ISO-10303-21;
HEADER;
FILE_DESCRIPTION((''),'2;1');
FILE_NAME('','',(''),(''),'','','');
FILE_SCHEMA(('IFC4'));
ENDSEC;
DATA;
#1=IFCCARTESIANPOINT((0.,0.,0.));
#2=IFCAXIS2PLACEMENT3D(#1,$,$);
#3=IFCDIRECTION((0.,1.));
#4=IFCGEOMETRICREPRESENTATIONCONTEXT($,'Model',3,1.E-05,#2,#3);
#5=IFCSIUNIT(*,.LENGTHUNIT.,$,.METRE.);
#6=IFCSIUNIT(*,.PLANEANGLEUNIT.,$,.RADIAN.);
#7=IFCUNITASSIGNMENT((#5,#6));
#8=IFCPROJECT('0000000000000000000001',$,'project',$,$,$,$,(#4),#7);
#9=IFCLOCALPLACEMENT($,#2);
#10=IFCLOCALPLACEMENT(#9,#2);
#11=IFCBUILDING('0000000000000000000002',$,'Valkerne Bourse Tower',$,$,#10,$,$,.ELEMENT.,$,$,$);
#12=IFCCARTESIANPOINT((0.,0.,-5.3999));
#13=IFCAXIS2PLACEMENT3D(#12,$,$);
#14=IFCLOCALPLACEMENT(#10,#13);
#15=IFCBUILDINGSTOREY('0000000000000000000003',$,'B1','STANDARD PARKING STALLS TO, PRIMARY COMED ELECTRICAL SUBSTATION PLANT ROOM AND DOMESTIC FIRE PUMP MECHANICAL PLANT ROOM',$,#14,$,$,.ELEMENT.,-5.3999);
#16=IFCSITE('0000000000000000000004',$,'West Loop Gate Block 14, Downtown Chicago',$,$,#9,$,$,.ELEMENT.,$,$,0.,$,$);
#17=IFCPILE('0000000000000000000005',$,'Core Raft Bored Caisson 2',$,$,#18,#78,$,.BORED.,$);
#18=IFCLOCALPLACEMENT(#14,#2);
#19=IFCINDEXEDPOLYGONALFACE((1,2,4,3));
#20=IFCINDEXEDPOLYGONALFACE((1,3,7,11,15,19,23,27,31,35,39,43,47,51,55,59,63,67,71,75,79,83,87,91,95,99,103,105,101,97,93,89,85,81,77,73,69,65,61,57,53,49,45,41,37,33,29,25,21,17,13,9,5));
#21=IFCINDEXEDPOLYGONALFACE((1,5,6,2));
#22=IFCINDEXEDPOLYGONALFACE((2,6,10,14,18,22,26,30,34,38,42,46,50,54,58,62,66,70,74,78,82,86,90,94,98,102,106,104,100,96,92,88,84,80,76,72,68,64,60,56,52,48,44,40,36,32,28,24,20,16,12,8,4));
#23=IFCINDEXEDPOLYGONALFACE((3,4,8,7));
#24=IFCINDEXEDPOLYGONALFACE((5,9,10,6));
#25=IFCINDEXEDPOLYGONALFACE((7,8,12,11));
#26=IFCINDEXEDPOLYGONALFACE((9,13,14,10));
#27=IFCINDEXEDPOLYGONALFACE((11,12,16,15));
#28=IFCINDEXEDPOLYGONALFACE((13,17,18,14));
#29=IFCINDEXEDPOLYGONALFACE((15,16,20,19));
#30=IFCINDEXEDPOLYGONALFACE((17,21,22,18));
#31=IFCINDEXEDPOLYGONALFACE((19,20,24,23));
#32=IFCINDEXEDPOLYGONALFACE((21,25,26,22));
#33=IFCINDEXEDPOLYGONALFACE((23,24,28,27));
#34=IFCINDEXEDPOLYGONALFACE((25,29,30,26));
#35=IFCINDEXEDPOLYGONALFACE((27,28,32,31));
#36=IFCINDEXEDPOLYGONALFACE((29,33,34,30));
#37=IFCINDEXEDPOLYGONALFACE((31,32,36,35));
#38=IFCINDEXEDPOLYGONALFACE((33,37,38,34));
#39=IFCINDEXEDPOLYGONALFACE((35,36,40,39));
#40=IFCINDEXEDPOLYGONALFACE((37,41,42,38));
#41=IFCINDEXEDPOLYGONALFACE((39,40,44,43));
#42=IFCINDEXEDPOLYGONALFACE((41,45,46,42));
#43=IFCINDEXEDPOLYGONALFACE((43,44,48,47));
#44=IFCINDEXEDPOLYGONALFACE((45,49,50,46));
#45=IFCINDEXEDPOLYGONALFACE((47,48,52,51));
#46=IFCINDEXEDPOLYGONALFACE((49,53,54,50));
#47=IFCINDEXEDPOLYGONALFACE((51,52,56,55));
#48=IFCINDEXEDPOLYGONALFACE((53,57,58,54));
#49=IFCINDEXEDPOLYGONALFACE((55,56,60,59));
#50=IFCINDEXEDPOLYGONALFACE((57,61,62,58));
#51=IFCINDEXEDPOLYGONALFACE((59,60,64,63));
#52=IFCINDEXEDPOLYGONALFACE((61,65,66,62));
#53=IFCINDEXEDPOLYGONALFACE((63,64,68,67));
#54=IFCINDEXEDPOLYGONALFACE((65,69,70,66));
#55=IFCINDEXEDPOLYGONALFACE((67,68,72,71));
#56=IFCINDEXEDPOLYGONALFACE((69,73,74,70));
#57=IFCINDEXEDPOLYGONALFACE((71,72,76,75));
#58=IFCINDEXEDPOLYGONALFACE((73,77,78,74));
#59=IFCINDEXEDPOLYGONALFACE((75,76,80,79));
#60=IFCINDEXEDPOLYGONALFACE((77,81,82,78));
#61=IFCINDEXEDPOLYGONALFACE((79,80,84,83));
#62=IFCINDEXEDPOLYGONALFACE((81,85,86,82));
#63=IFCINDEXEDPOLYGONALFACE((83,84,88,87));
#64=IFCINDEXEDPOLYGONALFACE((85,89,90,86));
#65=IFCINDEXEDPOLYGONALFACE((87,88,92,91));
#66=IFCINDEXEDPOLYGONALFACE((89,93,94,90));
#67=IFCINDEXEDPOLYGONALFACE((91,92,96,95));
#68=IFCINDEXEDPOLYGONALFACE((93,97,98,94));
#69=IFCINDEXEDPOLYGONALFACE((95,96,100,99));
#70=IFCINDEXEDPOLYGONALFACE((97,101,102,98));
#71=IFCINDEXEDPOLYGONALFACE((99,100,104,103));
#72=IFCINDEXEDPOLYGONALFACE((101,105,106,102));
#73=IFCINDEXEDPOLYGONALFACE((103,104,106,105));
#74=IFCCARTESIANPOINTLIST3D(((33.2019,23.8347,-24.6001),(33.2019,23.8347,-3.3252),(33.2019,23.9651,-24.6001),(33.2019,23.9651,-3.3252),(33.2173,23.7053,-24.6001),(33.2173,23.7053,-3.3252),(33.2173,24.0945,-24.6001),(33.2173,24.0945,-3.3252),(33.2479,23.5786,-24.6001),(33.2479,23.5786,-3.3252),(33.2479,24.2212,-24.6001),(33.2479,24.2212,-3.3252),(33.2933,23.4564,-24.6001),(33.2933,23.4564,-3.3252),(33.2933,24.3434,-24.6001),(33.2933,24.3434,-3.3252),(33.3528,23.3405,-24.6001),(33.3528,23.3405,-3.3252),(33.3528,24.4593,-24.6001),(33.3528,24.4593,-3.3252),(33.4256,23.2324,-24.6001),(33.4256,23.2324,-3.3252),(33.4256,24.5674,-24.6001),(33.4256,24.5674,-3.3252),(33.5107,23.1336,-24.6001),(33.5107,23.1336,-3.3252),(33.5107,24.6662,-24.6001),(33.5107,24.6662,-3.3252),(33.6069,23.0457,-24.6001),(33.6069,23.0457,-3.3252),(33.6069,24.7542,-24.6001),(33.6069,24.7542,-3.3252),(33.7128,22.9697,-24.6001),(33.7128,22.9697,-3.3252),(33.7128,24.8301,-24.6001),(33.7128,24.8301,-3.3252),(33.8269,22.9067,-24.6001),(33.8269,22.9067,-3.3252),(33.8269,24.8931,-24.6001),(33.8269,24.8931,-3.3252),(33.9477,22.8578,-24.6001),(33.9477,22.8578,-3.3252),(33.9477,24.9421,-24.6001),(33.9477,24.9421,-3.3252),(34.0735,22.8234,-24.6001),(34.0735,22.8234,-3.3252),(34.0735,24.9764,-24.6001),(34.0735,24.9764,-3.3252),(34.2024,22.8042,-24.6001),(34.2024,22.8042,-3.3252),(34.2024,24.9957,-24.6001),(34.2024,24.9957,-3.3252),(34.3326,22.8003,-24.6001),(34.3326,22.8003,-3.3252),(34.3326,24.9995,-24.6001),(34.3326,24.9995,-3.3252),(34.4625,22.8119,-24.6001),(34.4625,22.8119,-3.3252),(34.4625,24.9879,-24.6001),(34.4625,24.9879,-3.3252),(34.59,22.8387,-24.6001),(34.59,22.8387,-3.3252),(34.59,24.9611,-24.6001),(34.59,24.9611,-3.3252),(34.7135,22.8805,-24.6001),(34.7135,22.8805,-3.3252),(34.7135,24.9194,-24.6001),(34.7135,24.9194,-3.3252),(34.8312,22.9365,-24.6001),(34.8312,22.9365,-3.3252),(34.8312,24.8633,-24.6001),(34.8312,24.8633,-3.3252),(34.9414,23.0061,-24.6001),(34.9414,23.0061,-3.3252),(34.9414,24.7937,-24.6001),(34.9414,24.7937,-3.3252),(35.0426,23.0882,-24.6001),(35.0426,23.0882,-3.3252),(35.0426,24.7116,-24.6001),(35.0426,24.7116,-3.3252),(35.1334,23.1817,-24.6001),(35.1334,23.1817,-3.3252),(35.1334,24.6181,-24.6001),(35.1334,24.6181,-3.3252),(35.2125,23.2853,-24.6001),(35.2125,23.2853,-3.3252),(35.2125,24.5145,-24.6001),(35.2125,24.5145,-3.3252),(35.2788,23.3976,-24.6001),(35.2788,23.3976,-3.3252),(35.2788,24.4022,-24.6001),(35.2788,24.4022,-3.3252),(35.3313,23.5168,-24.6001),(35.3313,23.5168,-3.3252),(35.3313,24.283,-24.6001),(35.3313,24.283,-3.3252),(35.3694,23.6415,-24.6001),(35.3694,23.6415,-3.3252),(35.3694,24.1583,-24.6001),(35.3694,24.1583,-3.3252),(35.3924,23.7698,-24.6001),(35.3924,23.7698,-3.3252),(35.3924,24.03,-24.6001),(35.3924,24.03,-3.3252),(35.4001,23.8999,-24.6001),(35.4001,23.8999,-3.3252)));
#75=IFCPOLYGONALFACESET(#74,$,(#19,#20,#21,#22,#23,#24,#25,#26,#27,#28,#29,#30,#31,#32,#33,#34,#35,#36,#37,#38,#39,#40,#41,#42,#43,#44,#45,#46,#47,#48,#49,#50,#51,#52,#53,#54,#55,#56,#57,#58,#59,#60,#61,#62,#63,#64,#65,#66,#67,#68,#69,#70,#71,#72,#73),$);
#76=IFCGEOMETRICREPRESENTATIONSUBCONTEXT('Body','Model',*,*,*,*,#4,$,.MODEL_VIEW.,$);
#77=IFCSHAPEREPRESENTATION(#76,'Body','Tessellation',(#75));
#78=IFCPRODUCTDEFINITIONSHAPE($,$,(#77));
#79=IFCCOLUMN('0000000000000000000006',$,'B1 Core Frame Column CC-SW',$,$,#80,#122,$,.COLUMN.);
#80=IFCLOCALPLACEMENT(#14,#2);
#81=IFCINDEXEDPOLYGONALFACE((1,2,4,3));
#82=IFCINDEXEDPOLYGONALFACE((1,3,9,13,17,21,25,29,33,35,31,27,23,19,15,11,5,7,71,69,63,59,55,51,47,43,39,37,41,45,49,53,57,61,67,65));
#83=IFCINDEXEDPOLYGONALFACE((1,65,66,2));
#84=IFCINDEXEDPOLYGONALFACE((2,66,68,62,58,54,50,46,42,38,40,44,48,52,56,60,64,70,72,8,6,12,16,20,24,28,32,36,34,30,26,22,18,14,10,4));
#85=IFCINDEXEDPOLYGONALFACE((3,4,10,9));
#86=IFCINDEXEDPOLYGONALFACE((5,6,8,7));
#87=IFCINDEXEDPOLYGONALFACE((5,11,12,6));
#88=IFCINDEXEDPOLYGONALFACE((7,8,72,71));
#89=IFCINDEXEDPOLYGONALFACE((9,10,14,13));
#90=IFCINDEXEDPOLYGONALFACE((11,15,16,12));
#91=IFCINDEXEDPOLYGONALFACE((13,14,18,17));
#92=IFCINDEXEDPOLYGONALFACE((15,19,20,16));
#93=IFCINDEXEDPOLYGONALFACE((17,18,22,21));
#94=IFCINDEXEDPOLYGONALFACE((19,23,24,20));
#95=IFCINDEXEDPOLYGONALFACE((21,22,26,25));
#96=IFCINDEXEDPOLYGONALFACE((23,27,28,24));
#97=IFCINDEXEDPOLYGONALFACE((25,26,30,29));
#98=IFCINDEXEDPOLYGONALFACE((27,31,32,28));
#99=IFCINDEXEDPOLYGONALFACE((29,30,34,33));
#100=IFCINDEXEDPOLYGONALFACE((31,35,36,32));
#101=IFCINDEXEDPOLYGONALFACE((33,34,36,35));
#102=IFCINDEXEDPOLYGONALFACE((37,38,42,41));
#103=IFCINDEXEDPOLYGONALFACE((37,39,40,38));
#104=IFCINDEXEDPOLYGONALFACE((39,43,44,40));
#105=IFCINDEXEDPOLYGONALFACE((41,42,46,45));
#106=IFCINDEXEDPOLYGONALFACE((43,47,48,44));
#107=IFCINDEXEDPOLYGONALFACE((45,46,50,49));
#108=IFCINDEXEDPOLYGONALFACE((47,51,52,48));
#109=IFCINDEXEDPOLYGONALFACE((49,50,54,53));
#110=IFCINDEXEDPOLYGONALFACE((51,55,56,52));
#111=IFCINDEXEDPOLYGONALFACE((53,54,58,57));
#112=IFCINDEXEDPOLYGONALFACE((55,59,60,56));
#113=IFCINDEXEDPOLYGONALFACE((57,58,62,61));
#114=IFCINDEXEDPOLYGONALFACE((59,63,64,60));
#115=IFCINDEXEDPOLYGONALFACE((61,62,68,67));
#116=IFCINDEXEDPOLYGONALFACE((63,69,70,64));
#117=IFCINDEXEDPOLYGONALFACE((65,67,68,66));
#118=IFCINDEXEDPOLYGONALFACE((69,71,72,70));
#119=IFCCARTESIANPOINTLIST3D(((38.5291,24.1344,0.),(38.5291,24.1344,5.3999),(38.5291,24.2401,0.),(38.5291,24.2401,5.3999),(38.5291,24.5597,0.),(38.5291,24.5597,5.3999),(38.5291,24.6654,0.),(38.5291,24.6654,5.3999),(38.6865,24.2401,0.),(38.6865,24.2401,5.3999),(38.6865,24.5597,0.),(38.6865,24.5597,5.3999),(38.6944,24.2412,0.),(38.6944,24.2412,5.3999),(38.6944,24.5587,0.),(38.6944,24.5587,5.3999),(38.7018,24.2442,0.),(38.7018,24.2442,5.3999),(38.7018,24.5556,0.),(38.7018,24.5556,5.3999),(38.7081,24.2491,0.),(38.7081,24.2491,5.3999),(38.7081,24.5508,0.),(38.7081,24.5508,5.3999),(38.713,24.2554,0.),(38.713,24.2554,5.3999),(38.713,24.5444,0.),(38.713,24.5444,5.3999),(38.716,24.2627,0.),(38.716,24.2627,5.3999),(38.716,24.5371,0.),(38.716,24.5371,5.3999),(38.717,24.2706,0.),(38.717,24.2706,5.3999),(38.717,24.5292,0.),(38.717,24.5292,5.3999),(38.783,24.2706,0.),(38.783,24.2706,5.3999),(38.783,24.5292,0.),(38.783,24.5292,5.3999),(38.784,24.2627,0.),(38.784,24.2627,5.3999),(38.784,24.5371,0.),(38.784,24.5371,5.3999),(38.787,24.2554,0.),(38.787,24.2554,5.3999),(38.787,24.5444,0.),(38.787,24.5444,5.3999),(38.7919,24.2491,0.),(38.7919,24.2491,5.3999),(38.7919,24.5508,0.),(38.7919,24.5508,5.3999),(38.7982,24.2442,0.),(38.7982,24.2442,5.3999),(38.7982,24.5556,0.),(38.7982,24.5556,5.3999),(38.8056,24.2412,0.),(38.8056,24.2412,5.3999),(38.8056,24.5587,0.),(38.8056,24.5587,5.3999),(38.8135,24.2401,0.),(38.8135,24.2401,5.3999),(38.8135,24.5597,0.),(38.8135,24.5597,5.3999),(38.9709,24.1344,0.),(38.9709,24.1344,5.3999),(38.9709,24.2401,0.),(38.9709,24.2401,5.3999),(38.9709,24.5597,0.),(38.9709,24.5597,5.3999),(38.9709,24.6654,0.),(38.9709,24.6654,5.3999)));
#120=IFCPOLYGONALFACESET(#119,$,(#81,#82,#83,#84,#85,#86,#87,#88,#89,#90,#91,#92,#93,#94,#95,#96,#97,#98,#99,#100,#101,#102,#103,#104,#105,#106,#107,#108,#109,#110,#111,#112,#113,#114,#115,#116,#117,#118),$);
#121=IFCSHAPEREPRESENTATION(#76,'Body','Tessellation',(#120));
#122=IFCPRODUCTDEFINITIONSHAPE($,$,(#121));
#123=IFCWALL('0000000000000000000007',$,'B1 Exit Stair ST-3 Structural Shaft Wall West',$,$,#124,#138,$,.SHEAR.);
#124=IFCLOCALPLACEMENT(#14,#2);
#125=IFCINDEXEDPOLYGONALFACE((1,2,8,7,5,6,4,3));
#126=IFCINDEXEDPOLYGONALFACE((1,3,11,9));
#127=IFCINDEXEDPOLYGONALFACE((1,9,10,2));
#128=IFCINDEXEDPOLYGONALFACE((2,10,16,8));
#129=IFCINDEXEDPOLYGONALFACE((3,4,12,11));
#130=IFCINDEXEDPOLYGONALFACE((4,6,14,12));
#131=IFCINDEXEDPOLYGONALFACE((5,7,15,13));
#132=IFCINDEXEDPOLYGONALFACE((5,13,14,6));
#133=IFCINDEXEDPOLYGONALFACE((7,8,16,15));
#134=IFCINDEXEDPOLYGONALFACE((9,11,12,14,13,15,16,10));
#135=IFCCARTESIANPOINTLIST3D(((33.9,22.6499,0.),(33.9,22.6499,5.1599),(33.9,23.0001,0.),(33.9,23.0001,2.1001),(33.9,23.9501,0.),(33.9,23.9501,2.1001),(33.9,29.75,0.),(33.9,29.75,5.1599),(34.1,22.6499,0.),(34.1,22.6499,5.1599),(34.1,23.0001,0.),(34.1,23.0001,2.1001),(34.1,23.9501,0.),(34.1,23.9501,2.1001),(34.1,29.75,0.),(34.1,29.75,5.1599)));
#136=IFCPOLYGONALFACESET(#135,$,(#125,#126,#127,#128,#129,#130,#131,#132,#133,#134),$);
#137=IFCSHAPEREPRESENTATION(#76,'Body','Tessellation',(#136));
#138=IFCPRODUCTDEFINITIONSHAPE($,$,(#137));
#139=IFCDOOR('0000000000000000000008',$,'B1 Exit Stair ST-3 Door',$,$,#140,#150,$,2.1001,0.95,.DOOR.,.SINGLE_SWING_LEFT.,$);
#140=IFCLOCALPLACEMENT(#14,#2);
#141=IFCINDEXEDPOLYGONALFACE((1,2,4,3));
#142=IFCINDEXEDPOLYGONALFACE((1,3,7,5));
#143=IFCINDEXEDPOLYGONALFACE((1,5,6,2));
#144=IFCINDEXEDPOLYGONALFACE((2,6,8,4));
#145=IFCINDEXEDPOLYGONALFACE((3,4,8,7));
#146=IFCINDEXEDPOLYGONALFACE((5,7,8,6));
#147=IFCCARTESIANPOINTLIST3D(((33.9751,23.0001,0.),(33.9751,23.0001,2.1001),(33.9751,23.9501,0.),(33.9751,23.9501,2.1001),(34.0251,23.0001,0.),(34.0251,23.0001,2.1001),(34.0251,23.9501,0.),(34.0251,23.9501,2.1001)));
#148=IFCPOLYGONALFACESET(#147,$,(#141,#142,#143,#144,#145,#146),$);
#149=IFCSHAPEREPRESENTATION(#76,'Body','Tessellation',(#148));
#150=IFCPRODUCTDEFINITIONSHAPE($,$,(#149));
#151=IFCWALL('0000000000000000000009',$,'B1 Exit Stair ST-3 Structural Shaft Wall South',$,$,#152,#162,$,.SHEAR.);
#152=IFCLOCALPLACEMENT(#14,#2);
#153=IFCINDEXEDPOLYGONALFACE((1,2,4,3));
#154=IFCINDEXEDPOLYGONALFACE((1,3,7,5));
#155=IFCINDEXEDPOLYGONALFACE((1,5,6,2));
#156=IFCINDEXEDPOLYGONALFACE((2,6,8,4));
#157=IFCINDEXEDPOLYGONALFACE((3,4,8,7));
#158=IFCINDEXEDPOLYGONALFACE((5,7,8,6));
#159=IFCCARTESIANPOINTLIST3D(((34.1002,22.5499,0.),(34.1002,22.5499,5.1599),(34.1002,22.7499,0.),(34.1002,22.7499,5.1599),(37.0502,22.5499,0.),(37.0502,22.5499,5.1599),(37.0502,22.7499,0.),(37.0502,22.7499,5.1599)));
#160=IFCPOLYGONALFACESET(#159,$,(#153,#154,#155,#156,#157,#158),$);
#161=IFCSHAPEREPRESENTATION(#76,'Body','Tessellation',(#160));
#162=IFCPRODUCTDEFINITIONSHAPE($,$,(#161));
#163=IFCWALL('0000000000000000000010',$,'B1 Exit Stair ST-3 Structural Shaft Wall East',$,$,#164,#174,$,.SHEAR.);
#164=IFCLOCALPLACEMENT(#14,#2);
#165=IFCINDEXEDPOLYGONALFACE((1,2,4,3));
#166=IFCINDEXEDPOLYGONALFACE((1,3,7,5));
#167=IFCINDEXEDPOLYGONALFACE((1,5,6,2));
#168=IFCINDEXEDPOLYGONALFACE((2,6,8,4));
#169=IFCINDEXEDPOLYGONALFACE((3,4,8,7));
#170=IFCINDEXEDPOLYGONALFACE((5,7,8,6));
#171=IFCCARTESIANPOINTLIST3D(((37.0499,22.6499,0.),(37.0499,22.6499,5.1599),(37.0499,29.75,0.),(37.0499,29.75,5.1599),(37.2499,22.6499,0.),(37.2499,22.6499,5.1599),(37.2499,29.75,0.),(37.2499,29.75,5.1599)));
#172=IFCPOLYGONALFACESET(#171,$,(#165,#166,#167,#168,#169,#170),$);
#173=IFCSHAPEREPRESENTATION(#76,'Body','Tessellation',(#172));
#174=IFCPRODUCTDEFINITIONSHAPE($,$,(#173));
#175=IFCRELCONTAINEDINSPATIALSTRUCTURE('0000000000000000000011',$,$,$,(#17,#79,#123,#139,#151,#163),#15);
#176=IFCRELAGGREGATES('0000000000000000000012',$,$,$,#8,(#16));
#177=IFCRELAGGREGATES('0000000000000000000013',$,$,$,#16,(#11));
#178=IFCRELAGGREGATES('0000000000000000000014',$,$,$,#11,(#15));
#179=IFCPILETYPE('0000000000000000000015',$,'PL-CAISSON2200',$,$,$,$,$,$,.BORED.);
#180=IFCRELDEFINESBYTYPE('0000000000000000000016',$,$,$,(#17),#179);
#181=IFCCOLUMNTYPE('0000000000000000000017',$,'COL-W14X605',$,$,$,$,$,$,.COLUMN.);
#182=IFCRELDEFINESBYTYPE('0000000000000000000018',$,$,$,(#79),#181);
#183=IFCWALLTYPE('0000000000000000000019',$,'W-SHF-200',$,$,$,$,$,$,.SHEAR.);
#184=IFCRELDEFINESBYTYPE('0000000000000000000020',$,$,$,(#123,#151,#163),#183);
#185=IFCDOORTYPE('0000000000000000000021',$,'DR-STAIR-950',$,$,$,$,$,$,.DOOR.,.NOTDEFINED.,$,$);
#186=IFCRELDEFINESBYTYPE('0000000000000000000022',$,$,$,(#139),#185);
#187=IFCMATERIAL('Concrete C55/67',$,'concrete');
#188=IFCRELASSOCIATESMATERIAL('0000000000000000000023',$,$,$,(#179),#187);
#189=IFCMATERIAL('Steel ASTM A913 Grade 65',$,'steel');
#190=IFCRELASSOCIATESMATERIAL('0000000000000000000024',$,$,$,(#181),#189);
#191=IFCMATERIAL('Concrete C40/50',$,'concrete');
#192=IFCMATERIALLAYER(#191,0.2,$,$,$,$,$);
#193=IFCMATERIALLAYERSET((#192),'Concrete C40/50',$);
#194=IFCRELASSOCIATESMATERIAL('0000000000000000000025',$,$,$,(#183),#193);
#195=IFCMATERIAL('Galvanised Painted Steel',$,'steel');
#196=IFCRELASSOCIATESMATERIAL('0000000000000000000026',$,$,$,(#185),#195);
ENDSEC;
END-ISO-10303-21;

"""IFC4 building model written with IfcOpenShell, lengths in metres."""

from ifc_helpers import new_model, si_unit, direction, frame, frame_2d, origin, origin_2d, place, context, subcontext, project, spatial, rectangle, circle, i_section, extrude, material, layer, layer_set, material_profile, profile_set, type_object, element, fill, save


model = new_model("IFC4")

# Units and contexts
model_context = context("Model", 3, precision=1e-05, world=origin(), true_north=direction((0.0, 1.0)))
body_context = subcontext(model_context, "Body", "Model", "MODEL_VIEW")
ifc_project = project(units=[si_unit("LENGTHUNIT", "METRE"), si_unit("PLANEANGLEUNIT", "RADIAN")], contexts=[model_context])

# Site, building, storey
site_placement = place(None, origin())
site = spatial("IfcSite", under=ifc_project, at=site_placement, Name="West Loop Gate Block 14, Downtown Chicago", CompositionType="ELEMENT", RefElevation=0.0)
building_placement = place(site_placement, origin())
building = spatial("IfcBuilding", under=site, at=building_placement, Name="Valkerne Bourse Tower", CompositionType="ELEMENT")
storey_placement = place(building_placement, frame((0.0, 0.0, -5.3999)))
storey = spatial("IfcBuildingStorey", under=building, at=storey_placement, Name="B1", Description="STANDARD PARKING STALLS TO, PRIMARY COMED ELECTRICAL SUBSTATION PLANT ROOM AND DOMESTIC FIRE PUMP MECHANICAL PLANT ROOM", CompositionType="ELEMENT", Elevation=-5.3999)

# Pile
ifc_material_1 = material(Name="Concrete C55/67", Category="concrete")
ifc_material_profile_1 = material_profile(ifc_material_1, circle(Radius=1.1001, at=origin_2d()), Name="CAISSON2200")
ifc_profile_set_1 = profile_set([ifc_material_profile_1], Name="Concrete C55/67")
pile_type = type_object("IfcPileType", Name="PL-CAISSON2200", PredefinedType="BORED", material=ifc_profile_set_1)
pile_placement = place(storey_placement, frame((34.3, 23.8999, -3.3252), z_axis=(0.0, 0.0, -1.0), x_axis=(1.0, 0.0, 0.0)))
element("IfcPile", 1, at=pile_placement, inside=storey, type_object=pile_type, Name="Core Raft Bored Caisson 2", PredefinedType="BORED", context=body_context, shape_type="SweptSolid", body=[
    extrude(circle(Radius=1.1001, at=origin_2d()), origin(), (0.0, 0.0, 1.0), 21.2749),
])

# Column
ifc_material_2 = material(Name="Steel ASTM A913 Grade 65", Category="steel")
ifc_material_profile_2 = material_profile(ifc_material_2, i_section(OverallWidth=0.4419, OverallDepth=0.531, WebThickness=0.0659, FlangeThickness=0.1057, FilletRadius=0.0305, at=origin_2d()), Name="W14X605")
ifc_profile_set_2 = profile_set([ifc_material_profile_2], Name="Steel ASTM A913 Grade 65")
column_type = type_object("IfcColumnType", Name="COL-W14X605", PredefinedType="COLUMN", material=ifc_profile_set_2)
column_placement = place(storey_placement, frame((38.75, 24.3999, 0.0), z_axis=(0.0, 0.0, 1.0), x_axis=(1.0, 0.0, 0.0)))
element("IfcColumn", 2, at=column_placement, inside=storey, type_object=column_type, Name="B1 Core Frame Column CC-SW", PredefinedType="COLUMN", context=body_context, shape_type="SweptSolid", body=[
    extrude(i_section(OverallWidth=0.4419, OverallDepth=0.531, WebThickness=0.0659, FlangeThickness=0.1057, FilletRadius=0.0305, at=origin_2d()), origin(), (0.0, 0.0, 1.0), 5.3999),
])

# Wall, opening, door
ifc_material_3 = material(Name="Concrete C40/50", Category="concrete")
ifc_layer_1 = layer(ifc_material_3, 0.2)
ifc_layer_set_1 = layer_set([ifc_layer_1], Name="Concrete C40/50")
wall_type_1 = type_object("IfcWallType", Name="W-SHF-200", PredefinedType="SHEAR", material=ifc_layer_set_1)
wall_1_placement = place(storey_placement, frame((34.0, 22.6499, 0.0), z_axis=(0.0, 0.0, 1.0), x_axis=(0.0, 1.0, 0.0)))
wall_1 = element("IfcWall", 3, at=wall_1_placement, inside=storey, type_object=wall_type_1, Name="B1 Exit Stair ST-3 Structural Shaft Wall West", PredefinedType="SHEAR", context=body_context, shape_type="SweptSolid", body=[
    extrude(rectangle(XDim=7.1001, YDim=0.2, at=frame_2d((3.55, 0.0))), origin(), (0.0, 0.0, 1.0), 5.1599),
])
opening_1_placement = place(wall_1_placement, frame((0.3501, 0.0, 0.0)))
opening_1 = element("IfcOpeningElement", 4, at=opening_1_placement, cuts=wall_1, PredefinedType="OPENING", context=body_context, shape_type="SweptSolid", body=[
    extrude(rectangle(XDim=0.95, YDim=2.1001, at=frame_2d((0.4751, 1.05))), frame((0.0, 0.1099, 0.0), z_axis=(0.0, -1.0, 0.0), x_axis=(1.0, 0.0, 0.0)), (0.0, 0.0, 1.0), 0.22),
])
ifc_material_4 = material(Name="Galvanised Painted Steel", Category="steel")
door_type_1 = type_object("IfcDoorType", Name="DR-STAIR-950", OperationType="NOTDEFINED", PredefinedType="DOOR", material=ifc_material_4)
door_1_placement = place(opening_1_placement, origin())
door_1 = element("IfcDoor", 5, at=door_1_placement, inside=storey, type_object=door_type_1, Name="B1 Exit Stair ST-3 Door", OperationType="SINGLE_SWING_LEFT", OverallHeight=2.1001, OverallWidth=0.95, PredefinedType="DOOR", context=body_context, shape_type="SweptSolid", body=[
    extrude(rectangle(XDim=0.95, YDim=2.1001, at=frame_2d((0.4751, 1.05))), frame((0.0, 0.0249, 0.0), z_axis=(0.0, -1.0, 0.0), x_axis=(1.0, 0.0, 0.0)), (0.0, 0.0, 1.0), 0.05),
])
fill(opening_1, door_1)

# Walls
wall_2_placement = place(storey_placement, frame((34.1001, 22.6499, 0.0), z_axis=(0.0, 0.0, 1.0), x_axis=(1.0, 0.0, 0.0)))
element("IfcWall", 6, at=wall_2_placement, inside=storey, type_object=wall_type_1, Name="B1 Exit Stair ST-3 Structural Shaft Wall South", PredefinedType="SHEAR", context=body_context, shape_type="SweptSolid", body=[
    extrude(rectangle(XDim=2.95, YDim=0.2, at=frame_2d((1.4751, 0.0))), origin(), (0.0, 0.0, 1.0), 5.1599),
])
wall_3_placement = place(storey_placement, frame((37.1499, 22.6499, 0.0), z_axis=(0.0, 0.0, 1.0), x_axis=(0.0, 1.0, 0.0)))
element("IfcWall", 7, at=wall_3_placement, inside=storey, type_object=wall_type_1, Name="B1 Exit Stair ST-3 Structural Shaft Wall East", PredefinedType="SHEAR", context=body_context, shape_type="SweptSolid", body=[
    extrude(rectangle(XDim=7.1001, YDim=0.2, at=frame_2d((3.55, 0.0))), origin(), (0.0, 0.0, 1.0), 5.1599),
])

save(model, "model.ifc")
